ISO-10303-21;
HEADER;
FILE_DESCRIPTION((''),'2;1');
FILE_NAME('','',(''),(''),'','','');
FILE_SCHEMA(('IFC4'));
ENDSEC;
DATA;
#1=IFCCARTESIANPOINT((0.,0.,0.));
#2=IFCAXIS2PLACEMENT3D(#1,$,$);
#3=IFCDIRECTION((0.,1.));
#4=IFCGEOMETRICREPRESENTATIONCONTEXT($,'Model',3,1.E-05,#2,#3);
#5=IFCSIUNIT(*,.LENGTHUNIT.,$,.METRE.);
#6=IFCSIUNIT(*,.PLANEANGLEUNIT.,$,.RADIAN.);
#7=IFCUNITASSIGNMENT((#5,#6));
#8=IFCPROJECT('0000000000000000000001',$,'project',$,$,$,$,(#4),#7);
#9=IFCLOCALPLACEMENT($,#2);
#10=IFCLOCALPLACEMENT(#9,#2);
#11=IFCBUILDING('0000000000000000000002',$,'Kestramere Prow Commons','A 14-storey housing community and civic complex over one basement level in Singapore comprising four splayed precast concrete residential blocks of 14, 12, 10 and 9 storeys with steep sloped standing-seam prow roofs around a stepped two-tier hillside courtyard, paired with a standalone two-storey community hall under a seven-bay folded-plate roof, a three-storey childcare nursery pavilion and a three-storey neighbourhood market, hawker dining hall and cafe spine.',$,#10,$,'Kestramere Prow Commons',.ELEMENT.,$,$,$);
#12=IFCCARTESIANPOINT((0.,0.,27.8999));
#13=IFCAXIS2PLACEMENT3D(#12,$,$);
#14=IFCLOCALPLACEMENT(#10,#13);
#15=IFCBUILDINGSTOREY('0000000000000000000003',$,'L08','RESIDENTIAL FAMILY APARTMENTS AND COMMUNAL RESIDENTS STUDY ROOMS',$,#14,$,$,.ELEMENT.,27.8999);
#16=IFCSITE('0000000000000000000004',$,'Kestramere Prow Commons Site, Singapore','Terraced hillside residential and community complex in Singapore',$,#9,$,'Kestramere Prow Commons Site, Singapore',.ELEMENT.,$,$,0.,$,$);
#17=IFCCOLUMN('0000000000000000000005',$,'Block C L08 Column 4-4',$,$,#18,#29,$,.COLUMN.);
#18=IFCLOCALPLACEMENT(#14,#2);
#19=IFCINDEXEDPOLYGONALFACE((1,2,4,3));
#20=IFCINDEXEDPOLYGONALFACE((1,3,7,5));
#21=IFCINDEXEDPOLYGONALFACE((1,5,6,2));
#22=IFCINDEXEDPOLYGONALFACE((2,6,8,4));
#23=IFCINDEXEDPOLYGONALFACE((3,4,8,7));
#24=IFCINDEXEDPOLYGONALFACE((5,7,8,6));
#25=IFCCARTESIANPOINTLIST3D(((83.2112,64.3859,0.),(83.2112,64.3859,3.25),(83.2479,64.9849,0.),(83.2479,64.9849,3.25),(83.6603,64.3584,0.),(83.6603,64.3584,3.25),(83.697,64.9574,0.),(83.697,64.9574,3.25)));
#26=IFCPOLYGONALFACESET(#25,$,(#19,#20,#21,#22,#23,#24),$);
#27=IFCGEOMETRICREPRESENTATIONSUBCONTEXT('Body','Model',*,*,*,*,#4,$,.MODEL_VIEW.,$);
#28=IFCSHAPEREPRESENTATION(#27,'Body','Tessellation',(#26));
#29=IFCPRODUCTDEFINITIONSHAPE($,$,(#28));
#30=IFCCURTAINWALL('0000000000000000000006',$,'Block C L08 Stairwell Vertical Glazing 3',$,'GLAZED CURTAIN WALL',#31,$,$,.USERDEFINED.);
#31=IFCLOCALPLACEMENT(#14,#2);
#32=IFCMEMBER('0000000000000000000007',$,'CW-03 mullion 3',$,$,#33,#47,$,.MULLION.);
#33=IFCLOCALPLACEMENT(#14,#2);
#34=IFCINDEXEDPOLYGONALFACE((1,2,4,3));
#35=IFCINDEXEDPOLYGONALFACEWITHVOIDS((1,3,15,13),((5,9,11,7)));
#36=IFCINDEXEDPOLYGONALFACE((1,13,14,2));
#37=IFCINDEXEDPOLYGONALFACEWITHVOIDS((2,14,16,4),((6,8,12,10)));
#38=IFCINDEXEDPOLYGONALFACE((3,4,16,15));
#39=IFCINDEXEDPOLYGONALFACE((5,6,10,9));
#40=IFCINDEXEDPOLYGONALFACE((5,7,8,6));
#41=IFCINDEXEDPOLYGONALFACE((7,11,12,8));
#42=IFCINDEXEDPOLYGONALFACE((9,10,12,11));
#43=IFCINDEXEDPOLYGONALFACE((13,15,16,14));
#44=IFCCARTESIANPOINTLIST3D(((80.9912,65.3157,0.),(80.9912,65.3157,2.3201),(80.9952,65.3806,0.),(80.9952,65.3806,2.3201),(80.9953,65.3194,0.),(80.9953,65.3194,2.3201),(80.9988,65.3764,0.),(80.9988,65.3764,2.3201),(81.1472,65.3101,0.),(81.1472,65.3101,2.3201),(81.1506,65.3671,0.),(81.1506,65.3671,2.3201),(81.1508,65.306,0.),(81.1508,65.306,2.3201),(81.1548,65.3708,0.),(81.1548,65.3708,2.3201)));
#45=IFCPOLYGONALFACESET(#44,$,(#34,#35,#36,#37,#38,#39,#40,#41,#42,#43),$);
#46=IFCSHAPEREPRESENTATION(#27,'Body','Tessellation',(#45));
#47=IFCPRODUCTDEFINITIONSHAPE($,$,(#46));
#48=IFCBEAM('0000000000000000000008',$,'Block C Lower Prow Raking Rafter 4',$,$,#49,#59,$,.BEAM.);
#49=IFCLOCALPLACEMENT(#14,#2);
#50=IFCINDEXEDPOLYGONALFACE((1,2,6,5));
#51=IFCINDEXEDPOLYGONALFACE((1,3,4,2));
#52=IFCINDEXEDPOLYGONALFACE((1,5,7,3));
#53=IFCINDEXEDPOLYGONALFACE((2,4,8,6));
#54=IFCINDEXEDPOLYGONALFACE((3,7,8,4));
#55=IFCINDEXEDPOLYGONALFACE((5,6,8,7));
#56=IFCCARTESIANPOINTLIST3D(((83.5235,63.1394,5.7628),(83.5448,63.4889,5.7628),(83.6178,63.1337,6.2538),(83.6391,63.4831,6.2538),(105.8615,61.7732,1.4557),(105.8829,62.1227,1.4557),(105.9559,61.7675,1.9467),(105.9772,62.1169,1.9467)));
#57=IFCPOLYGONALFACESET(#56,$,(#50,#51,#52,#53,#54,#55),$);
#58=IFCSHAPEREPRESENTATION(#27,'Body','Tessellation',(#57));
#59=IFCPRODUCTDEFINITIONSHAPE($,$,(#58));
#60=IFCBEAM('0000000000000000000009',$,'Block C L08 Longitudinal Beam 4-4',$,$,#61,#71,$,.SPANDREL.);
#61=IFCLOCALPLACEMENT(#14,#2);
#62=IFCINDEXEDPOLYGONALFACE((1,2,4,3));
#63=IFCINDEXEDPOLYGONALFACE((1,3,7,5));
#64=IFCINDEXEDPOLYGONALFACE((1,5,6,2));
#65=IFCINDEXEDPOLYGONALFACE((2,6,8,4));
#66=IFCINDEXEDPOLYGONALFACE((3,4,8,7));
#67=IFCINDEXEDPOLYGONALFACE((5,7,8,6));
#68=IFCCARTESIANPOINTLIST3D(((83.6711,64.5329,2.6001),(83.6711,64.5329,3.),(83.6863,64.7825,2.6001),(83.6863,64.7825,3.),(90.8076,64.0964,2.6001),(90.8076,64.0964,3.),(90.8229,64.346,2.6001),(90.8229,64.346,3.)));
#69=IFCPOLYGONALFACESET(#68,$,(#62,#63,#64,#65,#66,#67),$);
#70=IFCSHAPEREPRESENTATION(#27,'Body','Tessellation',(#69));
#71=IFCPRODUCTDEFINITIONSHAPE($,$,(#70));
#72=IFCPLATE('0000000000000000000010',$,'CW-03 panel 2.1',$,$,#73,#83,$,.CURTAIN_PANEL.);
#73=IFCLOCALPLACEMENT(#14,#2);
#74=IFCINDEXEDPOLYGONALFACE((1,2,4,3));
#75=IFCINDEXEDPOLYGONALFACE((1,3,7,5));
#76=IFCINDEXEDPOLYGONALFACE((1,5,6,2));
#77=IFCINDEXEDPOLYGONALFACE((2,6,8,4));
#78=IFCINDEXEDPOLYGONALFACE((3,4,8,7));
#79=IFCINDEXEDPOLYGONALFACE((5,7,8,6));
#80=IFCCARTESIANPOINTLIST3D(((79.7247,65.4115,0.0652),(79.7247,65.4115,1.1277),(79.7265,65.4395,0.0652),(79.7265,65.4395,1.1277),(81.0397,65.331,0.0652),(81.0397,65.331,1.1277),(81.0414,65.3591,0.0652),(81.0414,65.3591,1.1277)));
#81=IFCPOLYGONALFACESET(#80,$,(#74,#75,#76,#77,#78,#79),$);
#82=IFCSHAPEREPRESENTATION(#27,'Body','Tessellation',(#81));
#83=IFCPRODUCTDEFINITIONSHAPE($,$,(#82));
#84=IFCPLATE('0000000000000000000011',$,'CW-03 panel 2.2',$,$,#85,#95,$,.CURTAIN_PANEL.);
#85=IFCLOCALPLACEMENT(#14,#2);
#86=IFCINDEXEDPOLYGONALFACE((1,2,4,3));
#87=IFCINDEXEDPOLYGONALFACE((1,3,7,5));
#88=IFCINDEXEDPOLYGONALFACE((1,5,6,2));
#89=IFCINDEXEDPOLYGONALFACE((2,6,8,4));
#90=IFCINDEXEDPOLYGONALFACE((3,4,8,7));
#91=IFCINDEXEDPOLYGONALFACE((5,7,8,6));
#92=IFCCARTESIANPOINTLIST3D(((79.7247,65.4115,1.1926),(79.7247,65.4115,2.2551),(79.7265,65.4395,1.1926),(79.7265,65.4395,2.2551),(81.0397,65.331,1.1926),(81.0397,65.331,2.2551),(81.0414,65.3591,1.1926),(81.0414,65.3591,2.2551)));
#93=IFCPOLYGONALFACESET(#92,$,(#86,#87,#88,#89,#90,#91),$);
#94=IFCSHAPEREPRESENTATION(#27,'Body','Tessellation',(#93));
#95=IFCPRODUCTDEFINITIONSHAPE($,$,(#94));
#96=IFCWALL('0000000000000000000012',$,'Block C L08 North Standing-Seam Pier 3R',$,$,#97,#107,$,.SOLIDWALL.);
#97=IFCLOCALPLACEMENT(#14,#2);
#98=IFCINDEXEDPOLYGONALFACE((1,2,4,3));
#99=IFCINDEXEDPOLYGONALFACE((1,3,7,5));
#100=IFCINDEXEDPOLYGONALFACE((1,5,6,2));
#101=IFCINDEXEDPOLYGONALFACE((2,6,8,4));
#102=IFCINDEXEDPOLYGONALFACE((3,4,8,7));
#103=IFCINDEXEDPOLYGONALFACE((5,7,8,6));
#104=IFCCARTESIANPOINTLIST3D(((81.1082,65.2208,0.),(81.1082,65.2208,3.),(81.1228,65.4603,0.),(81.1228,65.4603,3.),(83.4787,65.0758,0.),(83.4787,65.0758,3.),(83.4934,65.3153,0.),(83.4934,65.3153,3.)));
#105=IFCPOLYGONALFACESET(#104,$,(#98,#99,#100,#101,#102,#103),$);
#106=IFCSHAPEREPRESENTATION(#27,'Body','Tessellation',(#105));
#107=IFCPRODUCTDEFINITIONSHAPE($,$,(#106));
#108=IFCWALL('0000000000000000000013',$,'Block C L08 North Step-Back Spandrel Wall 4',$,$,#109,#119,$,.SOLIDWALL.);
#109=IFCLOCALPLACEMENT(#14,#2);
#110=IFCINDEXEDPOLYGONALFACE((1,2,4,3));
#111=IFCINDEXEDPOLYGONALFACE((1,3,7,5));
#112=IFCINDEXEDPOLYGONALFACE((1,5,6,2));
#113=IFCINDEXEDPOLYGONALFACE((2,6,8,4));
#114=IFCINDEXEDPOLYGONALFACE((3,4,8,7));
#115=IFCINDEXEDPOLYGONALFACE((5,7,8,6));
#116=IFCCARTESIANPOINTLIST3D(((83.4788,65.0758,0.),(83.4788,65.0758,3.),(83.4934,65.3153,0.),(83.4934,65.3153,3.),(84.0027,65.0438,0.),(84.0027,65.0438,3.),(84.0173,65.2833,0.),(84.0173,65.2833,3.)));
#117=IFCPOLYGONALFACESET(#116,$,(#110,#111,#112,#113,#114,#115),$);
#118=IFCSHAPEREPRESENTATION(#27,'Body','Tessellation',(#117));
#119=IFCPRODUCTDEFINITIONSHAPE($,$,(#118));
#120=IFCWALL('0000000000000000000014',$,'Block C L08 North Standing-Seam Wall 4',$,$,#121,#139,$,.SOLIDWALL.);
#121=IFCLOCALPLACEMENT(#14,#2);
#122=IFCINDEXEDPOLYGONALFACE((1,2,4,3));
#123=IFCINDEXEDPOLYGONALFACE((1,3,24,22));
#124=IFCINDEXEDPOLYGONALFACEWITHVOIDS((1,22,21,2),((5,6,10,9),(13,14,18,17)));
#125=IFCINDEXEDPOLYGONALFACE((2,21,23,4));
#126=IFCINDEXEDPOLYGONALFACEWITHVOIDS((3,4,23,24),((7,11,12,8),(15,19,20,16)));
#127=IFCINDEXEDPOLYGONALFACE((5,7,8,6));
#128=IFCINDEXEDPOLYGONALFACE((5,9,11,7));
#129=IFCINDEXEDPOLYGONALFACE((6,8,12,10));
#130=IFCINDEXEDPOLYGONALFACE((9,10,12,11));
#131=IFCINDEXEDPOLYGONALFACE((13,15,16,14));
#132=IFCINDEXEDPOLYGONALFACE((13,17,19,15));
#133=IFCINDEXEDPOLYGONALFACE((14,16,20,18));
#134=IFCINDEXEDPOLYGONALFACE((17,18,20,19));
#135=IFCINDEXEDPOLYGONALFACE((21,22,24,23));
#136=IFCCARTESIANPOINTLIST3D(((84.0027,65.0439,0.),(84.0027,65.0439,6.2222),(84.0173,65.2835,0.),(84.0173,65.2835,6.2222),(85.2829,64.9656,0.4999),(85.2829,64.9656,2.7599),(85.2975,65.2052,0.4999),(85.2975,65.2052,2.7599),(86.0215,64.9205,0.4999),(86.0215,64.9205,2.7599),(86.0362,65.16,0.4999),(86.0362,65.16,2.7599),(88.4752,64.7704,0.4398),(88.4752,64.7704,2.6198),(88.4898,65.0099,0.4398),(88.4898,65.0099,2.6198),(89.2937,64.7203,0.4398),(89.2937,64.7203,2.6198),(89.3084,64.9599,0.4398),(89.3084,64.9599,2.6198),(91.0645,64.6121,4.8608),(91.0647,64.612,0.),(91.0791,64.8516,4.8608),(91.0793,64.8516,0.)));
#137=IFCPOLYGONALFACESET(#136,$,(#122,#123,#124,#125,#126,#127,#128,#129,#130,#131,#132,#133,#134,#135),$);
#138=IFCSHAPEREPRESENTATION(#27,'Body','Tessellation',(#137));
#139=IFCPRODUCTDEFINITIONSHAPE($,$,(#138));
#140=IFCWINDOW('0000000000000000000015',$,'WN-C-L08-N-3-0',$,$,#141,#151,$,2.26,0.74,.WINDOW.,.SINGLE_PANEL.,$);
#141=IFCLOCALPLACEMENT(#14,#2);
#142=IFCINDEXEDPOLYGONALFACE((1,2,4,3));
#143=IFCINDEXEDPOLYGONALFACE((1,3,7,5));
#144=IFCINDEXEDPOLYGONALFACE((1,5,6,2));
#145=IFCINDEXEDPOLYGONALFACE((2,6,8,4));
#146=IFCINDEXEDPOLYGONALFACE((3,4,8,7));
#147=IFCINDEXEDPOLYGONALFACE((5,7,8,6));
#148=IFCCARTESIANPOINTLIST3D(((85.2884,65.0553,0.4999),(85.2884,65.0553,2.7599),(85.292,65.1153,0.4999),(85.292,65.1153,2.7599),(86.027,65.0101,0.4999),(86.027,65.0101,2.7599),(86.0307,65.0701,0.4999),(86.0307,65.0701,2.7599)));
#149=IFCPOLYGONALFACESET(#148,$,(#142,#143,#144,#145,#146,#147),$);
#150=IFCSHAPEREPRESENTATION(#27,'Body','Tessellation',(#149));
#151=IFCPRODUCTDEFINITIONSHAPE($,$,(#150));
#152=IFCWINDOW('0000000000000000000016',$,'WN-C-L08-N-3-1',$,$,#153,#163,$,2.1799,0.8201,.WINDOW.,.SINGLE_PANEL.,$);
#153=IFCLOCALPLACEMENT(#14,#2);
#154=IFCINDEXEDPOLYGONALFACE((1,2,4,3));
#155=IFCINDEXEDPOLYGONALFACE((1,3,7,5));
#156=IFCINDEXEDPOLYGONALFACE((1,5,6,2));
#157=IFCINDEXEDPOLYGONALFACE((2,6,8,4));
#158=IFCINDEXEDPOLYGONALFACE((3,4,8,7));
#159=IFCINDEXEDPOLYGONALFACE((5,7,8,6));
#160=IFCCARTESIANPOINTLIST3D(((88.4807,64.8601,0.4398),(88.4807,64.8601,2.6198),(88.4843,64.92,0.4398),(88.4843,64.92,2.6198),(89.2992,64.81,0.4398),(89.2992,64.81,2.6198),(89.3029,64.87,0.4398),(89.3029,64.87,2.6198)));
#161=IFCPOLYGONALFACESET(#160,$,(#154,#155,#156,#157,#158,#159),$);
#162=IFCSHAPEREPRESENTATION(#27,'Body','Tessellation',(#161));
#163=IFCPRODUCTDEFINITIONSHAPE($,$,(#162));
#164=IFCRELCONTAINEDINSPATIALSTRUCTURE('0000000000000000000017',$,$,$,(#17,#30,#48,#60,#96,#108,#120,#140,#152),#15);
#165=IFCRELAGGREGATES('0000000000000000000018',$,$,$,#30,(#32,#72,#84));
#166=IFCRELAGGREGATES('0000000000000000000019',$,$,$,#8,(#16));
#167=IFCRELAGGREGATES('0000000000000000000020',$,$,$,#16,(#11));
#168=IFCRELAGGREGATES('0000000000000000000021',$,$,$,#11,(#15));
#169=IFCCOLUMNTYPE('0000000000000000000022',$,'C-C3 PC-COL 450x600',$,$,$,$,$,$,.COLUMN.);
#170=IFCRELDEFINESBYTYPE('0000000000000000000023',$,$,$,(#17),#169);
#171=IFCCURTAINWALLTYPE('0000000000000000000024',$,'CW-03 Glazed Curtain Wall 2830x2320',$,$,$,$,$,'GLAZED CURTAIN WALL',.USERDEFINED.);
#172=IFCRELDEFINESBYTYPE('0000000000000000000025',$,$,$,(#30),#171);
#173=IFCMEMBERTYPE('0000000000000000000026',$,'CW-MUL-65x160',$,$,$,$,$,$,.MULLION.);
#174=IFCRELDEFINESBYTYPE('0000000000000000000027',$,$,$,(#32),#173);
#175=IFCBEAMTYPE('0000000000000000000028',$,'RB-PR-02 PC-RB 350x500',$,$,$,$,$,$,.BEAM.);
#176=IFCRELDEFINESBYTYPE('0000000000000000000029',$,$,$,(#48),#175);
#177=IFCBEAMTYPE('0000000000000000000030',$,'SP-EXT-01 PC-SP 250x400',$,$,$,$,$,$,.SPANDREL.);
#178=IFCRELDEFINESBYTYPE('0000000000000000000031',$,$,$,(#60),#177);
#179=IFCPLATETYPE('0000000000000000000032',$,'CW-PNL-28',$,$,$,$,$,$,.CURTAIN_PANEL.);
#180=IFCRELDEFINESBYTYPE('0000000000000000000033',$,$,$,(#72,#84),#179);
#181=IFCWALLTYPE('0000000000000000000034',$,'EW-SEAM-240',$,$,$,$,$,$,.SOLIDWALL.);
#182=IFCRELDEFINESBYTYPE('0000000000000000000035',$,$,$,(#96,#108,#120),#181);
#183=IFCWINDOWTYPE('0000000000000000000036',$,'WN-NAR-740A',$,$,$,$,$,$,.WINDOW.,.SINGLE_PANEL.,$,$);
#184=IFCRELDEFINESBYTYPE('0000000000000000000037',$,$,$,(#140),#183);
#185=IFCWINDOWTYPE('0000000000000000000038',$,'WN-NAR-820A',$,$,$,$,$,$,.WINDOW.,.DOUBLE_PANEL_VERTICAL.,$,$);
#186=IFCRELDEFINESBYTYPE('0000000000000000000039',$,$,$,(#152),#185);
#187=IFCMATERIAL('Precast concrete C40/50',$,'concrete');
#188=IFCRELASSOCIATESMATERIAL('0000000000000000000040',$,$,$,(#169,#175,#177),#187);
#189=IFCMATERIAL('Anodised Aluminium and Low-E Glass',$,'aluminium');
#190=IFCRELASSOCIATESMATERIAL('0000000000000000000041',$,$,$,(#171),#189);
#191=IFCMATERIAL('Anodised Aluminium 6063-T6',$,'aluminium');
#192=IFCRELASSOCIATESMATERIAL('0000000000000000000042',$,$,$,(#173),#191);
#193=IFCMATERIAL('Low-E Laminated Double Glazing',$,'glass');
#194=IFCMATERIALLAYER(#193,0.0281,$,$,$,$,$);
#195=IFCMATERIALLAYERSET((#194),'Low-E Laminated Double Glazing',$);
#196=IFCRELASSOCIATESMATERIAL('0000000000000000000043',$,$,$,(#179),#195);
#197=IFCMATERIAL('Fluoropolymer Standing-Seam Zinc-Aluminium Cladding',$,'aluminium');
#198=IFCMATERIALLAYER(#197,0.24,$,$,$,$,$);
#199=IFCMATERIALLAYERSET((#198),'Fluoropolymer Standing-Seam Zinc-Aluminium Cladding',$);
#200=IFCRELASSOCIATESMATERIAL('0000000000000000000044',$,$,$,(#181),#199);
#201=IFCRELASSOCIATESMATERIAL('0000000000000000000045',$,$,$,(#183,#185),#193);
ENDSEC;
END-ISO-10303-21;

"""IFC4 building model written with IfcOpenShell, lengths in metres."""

from ifc_helpers import new_model, si_unit, direction, frame, frame_2d, origin, origin_2d, place, context, subcontext, project, spatial, polyline, rectangle, hollow_rectangle, outline, extrude, material, layer, layer_set, material_profile, profile_set, type_object, element, fill, aggregate, save


model = new_model("IFC4")

# Units and contexts
model_context = context("Model", 3, precision=1e-05, world=origin(), true_north=direction((0.0, 1.0)))
body_context = subcontext(model_context, "Body", "Model", "MODEL_VIEW")
ifc_project = project(units=[si_unit("LENGTHUNIT", "METRE"), si_unit("PLANEANGLEUNIT", "RADIAN")], contexts=[model_context])

# Site, building, storey
site_placement = place(None, origin())
site = spatial("IfcSite", under=ifc_project, at=site_placement, Name="Kestramere Prow Commons Site, Singapore", Description="Terraced hillside residential and community complex in Singapore", LongName="Kestramere Prow Commons Site, Singapore", CompositionType="ELEMENT", RefElevation=0.0)
building_placement = place(site_placement, origin())
building = spatial("IfcBuilding", under=site, at=building_placement, Name="Kestramere Prow Commons", Description="A 14-storey housing community and civic complex over one basement level in Singapore comprising four splayed precast concrete residential blocks of 14, 12, 10 and 9 storeys with steep sloped standing-seam prow roofs around a stepped two-tier hillside courtyard, paired with a standalone two-storey community hall under a seven-bay folded-plate roof, a three-storey childcare nursery pavilion and a three-storey neighbourhood market, hawker dining hall and cafe spine.", LongName="Kestramere Prow Commons", CompositionType="ELEMENT")
storey_placement = place(building_placement, frame((0.0, 0.0, 27.8999)))
storey = spatial("IfcBuildingStorey", under=building, at=storey_placement, Name="L08", Description="RESIDENTIAL FAMILY APARTMENTS AND COMMUNAL RESIDENTS STUDY ROOMS", CompositionType="ELEMENT", Elevation=27.8999)

# Column
ifc_material_1 = material(Name="Precast concrete C40/50", Category="concrete")
ifc_material_profile_1 = material_profile(ifc_material_1, rectangle(XDim=0.45, YDim=0.6001, at=origin_2d()), Name="PC-COL 450x600")
ifc_profile_set_1 = profile_set([ifc_material_profile_1], Name="Precast concrete C40/50")
column_type = type_object("IfcColumnType", Name="C-C3 PC-COL 450x600", PredefinedType="COLUMN", material=ifc_profile_set_1)
column_placement = place(storey_placement, frame((83.4541, 64.6716, 0.0), z_axis=(0.0, 0.0, 1.0), x_axis=(0.998135, -0.061049, 0.0)))
element("IfcColumn", 1, at=column_placement, inside=storey, type_object=column_type, Name="Block C L08 Column 4-4", PredefinedType="COLUMN", context=body_context, shape_type="SweptSolid", body=[
    extrude(rectangle(XDim=0.45, YDim=0.6001, at=origin_2d()), origin(), (0.0, 0.0, 1.0), 3.25),
])

# Curtain wall, member
ifc_material_2 = material(Name="Anodised Aluminium and Low-E Glass", Category="aluminium")
curtain_wall_type = type_object("IfcCurtainWallType", Name="CW-03 Glazed Curtain Wall 2830x2320", ElementType="GLAZED CURTAIN WALL", PredefinedType="USERDEFINED", material=ifc_material_2)
curtain_wall_placement = place(storey_placement, origin())
curtain_wall = element("IfcCurtainWall", 2, at=curtain_wall_placement, inside=storey, type_object=curtain_wall_type, Name="Block C L08 Stairwell Vertical Glazing 3", ObjectType="GLAZED CURTAIN WALL", PredefinedType="USERDEFINED")
ifc_material_3 = material(Name="Anodised Aluminium 6063-T6", Category="aluminium")
ifc_material_profile_2 = material_profile(ifc_material_3, hollow_rectangle(XDim=0.0649, YDim=0.1599, WallThickness=0.0039, at=origin_2d()), Name="ALU-MUL 65x160")
ifc_profile_set_2 = profile_set([ifc_material_profile_2], Name="Anodised Aluminium 6063-T6")
member_type = type_object("IfcMemberType", Name="CW-MUL-65x160", PredefinedType="MULLION", material=ifc_profile_set_2)
member_placement = place(storey_placement, frame((81.073, 65.3433, 0.0), z_axis=(0.0, 0.0, 1.0), x_axis=(0.061048, 0.998135, 0.0)))
member = element("IfcMember", 3, at=member_placement, type_object=member_type, Name="CW-03 mullion 3", PredefinedType="MULLION", context=body_context, shape_type="SweptSolid", body=[
    extrude(hollow_rectangle(XDim=0.0649, YDim=0.1599, WallThickness=0.0039, at=origin_2d()), origin(), (0.0, 0.0, 1.0), 2.3201),
])

# Beams
ifc_material_profile_3 = material_profile(ifc_material_1, rectangle(XDim=0.3501, YDim=0.5, at=origin_2d()), Name="PC-RB 350x500")
ifc_profile_set_3 = profile_set([ifc_material_profile_3], Name="Precast concrete C40/50")
beam_type_1 = type_object("IfcBeamType", Name="RB-PR-02 PC-RB 350x500", PredefinedType="BEAM", material=ifc_profile_set_3)
beam_1_placement = place(storey_placement, frame((83.5813, 63.3113, 6.0083), z_axis=(0.980148, -0.059946, -0.188987), x_axis=(0.061046, 0.998135, 0.0)))
element("IfcBeam", 4, at=beam_1_placement, inside=storey, type_object=beam_type_1, Name="Block C Lower Prow Raking Rafter 4", PredefinedType="BEAM", context=body_context, shape_type="SweptSolid", body=[
    extrude(rectangle(XDim=0.3501, YDim=0.5, at=origin_2d()), origin(), (0.0, 0.0, 1.0), 22.7905),
])
ifc_material_profile_4 = material_profile(ifc_material_1, rectangle(XDim=0.25, YDim=0.3999, at=origin_2d()), Name="PC-SP 250x400")
ifc_profile_set_4 = profile_set([ifc_material_profile_4], Name="Precast concrete C40/50")
beam_type_2 = type_object("IfcBeamType", Name="SP-EXT-01 PC-SP 250x400", PredefinedType="SPANDREL", material=ifc_profile_set_4)
beam_2_placement = place(storey_placement, frame((83.6787, 64.6577, 2.8), z_axis=(0.998134, -0.061054, 0.0), x_axis=(0.061054, 0.998134, 0.0)))
element("IfcBeam", 5, at=beam_2_placement, inside=storey, type_object=beam_type_2, Name="Block C L08 Longitudinal Beam 4-4", PredefinedType="SPANDREL", context=body_context, shape_type="SweptSolid", body=[
    extrude(rectangle(XDim=0.25, YDim=0.3999, at=origin_2d()), origin(), (0.0, 0.0, 1.0), 7.1499),
])

# Plates
ifc_material_4 = material(Name="Low-E Laminated Double Glazing", Category="glass")
ifc_layer_1 = layer(ifc_material_4, 0.0281)
ifc_layer_set_1 = layer_set([ifc_layer_1], Name="Low-E Laminated Double Glazing")
plate_type = type_object("IfcPlateType", Name="CW-PNL-28", PredefinedType="CURTAIN_PANEL", material=ifc_layer_set_1)
plate_1_placement = place(storey_placement, frame((80.3831, 65.3853, 0.0652), z_axis=(0.0, 0.0, 1.0), x_axis=(0.998135, -0.061048, 0.0)))
plate_1 = element("IfcPlate", 6, at=plate_1_placement, type_object=plate_type, Name="CW-03 panel 2.1", PredefinedType="CURTAIN_PANEL", context=body_context, shape_type="SweptSolid", body=[
    extrude(rectangle(XDim=1.3174, YDim=0.0281, at=origin_2d()), origin(), (0.0, 0.0, 1.0), 1.0625),
])
plate_2_placement = place(storey_placement, frame((80.3831, 65.3853, 1.1926), z_axis=(0.0, 0.0, 1.0), x_axis=(0.998135, -0.061048, 0.0)))
plate_2 = element("IfcPlate", 7, at=plate_2_placement, type_object=plate_type, Name="CW-03 panel 2.2", PredefinedType="CURTAIN_PANEL", context=body_context, shape_type="SweptSolid", body=[
    extrude(rectangle(XDim=1.3174, YDim=0.0281, at=origin_2d()), origin(), (0.0, 0.0, 1.0), 1.0625),
])
aggregate(curtain_wall, [member, plate_1, plate_2])

# Walls
ifc_material_5 = material(Name="Fluoropolymer Standing-Seam Zinc-Aluminium Cladding", Category="aluminium")
ifc_layer_2 = layer(ifc_material_5, 0.24)
ifc_layer_set_2 = layer_set([ifc_layer_2], Name="Fluoropolymer Standing-Seam Zinc-Aluminium Cladding")
wall_type_1 = type_object("IfcWallType", Name="EW-SEAM-240", PredefinedType="SOLIDWALL", material=ifc_layer_set_2)
wall_1_placement = place(storey_placement, frame((81.1155, 65.3406, 0.0), z_axis=(0.0, 0.0, 1.0), x_axis=(0.998134, -0.06106, 0.0)))
element("IfcWall", 8, at=wall_1_placement, inside=storey, type_object=wall_type_1, Name="Block C L08 North Standing-Seam Pier 3R", PredefinedType="SOLIDWALL", context=body_context, shape_type="SweptSolid", body=[
    extrude(rectangle(XDim=2.375, YDim=0.24, at=frame_2d((1.1875, 0.0))), origin(), (0.0, 0.0, 1.0), 3.0),
])
wall_2_placement = place(storey_placement, frame((83.4861, 65.1956, 0.0), z_axis=(0.0, 0.0, 1.0), x_axis=(0.998142, -0.06093, 0.0)))
element("IfcWall", 9, at=wall_2_placement, inside=storey, type_object=wall_type_1, Name="Block C L08 North Step-Back Spandrel Wall 4", PredefinedType="SOLIDWALL", context=body_context, shape_type="SweptSolid", body=[
    extrude(rectangle(XDim=0.5249, YDim=0.24, at=frame_2d((0.2625, 0.0))), origin(), (0.0, 0.0, 1.0), 3.0),
])

# Wall, openings, windows
wall_3_placement = place(storey_placement, frame((84.01, 65.1636, 0.0), z_axis=(0.0, 0.0, 1.0), x_axis=(0.998135, -0.061042, 0.0)))
wall_3 = element("IfcWall", 10, at=wall_3_placement, inside=storey, type_object=wall_type_1, Name="Block C L08 North Standing-Seam Wall 4", PredefinedType="SOLIDWALL", context=body_context, shape_type="SweptSolid", body=[
    extrude(outline(polyline([(0.0, 0.0), (7.0752, 0.0), (7.075, 4.8608), (0.0, 6.2222), (0.0, 0.0)])), frame((0.0, 0.1201, 0.0), z_axis=(0.0, -1.0, 0.0), x_axis=(1.0, 0.0, 0.0)), (0.0, 0.0, 1.0), 0.24),
])
opening_1_placement = place(wall_3_placement, frame((1.2825, 0.0, 0.5)))
opening_1 = element("IfcOpeningElement", 11, at=opening_1_placement, cuts=wall_3, PredefinedType="OPENING", context=body_context, shape_type="SweptSolid", body=[
    extrude(rectangle(XDim=0.74, YDim=2.26, at=frame_2d((0.3701, 1.1299))), frame((0.0, 0.135, 0.0), z_axis=(0.0, -1.0, 0.0), x_axis=(1.0, 0.0, 0.0)), (0.0, 0.0, 1.0), 0.27),
])
opening_2_placement = place(wall_3_placement, frame((4.4807, 0.0, 0.4399)))
opening_2 = element("IfcOpeningElement", 12, at=opening_2_placement, cuts=wall_3, PredefinedType="OPENING", context=body_context, shape_type="SweptSolid", body=[
    extrude(rectangle(XDim=0.8201, YDim=2.1799, at=frame_2d((0.4102, 1.0898))), frame((0.0, 0.135, 0.0), z_axis=(0.0, -1.0, 0.0), x_axis=(1.0, 0.0, 0.0)), (0.0, 0.0, 1.0), 0.27),
])
window_type_1 = type_object("IfcWindowType", Name="WN-NAR-740A", PartitioningType="SINGLE_PANEL", PredefinedType="WINDOW", material=ifc_material_4)
window_1_placement = place(opening_1_placement, origin())
window_1 = element("IfcWindow", 13, at=window_1_placement, inside=storey, type_object=window_type_1, Name="WN-C-L08-N-3-0", OverallHeight=2.26, OverallWidth=0.74, PartitioningType="SINGLE_PANEL", PredefinedType="WINDOW", context=body_context, shape_type="SweptSolid", body=[
    extrude(rectangle(XDim=0.74, YDim=2.26, at=frame_2d((0.3701, 1.1299))), frame((0.0, 0.03, 0.0), z_axis=(0.0, -1.0, 0.0), x_axis=(1.0, 0.0, 0.0)), (0.0, 0.0, 1.0), 0.0601),
])
fill(opening_1, window_1)
window_type_2 = type_object("IfcWindowType", Name="WN-NAR-820A", PartitioningType="DOUBLE_PANEL_VERTICAL", PredefinedType="WINDOW", material=ifc_material_4)
window_2_placement = place(opening_2_placement, origin())
window_2 = element("IfcWindow", 14, at=window_2_placement, inside=storey, type_object=window_type_2, Name="WN-C-L08-N-3-1", OverallHeight=2.1799, OverallWidth=0.8201, PartitioningType="SINGLE_PANEL", PredefinedType="WINDOW", context=body_context, shape_type="SweptSolid", body=[
    extrude(rectangle(XDim=0.8201, YDim=2.1799, at=frame_2d((0.4102, 1.0898))), frame((0.0, 0.03, 0.0), z_axis=(0.0, -1.0, 0.0), x_axis=(1.0, 0.0, 0.0)), (0.0, 0.0, 1.0), 0.0601),
])
fill(opening_2, window_2)

save(model, "model.ifc")
